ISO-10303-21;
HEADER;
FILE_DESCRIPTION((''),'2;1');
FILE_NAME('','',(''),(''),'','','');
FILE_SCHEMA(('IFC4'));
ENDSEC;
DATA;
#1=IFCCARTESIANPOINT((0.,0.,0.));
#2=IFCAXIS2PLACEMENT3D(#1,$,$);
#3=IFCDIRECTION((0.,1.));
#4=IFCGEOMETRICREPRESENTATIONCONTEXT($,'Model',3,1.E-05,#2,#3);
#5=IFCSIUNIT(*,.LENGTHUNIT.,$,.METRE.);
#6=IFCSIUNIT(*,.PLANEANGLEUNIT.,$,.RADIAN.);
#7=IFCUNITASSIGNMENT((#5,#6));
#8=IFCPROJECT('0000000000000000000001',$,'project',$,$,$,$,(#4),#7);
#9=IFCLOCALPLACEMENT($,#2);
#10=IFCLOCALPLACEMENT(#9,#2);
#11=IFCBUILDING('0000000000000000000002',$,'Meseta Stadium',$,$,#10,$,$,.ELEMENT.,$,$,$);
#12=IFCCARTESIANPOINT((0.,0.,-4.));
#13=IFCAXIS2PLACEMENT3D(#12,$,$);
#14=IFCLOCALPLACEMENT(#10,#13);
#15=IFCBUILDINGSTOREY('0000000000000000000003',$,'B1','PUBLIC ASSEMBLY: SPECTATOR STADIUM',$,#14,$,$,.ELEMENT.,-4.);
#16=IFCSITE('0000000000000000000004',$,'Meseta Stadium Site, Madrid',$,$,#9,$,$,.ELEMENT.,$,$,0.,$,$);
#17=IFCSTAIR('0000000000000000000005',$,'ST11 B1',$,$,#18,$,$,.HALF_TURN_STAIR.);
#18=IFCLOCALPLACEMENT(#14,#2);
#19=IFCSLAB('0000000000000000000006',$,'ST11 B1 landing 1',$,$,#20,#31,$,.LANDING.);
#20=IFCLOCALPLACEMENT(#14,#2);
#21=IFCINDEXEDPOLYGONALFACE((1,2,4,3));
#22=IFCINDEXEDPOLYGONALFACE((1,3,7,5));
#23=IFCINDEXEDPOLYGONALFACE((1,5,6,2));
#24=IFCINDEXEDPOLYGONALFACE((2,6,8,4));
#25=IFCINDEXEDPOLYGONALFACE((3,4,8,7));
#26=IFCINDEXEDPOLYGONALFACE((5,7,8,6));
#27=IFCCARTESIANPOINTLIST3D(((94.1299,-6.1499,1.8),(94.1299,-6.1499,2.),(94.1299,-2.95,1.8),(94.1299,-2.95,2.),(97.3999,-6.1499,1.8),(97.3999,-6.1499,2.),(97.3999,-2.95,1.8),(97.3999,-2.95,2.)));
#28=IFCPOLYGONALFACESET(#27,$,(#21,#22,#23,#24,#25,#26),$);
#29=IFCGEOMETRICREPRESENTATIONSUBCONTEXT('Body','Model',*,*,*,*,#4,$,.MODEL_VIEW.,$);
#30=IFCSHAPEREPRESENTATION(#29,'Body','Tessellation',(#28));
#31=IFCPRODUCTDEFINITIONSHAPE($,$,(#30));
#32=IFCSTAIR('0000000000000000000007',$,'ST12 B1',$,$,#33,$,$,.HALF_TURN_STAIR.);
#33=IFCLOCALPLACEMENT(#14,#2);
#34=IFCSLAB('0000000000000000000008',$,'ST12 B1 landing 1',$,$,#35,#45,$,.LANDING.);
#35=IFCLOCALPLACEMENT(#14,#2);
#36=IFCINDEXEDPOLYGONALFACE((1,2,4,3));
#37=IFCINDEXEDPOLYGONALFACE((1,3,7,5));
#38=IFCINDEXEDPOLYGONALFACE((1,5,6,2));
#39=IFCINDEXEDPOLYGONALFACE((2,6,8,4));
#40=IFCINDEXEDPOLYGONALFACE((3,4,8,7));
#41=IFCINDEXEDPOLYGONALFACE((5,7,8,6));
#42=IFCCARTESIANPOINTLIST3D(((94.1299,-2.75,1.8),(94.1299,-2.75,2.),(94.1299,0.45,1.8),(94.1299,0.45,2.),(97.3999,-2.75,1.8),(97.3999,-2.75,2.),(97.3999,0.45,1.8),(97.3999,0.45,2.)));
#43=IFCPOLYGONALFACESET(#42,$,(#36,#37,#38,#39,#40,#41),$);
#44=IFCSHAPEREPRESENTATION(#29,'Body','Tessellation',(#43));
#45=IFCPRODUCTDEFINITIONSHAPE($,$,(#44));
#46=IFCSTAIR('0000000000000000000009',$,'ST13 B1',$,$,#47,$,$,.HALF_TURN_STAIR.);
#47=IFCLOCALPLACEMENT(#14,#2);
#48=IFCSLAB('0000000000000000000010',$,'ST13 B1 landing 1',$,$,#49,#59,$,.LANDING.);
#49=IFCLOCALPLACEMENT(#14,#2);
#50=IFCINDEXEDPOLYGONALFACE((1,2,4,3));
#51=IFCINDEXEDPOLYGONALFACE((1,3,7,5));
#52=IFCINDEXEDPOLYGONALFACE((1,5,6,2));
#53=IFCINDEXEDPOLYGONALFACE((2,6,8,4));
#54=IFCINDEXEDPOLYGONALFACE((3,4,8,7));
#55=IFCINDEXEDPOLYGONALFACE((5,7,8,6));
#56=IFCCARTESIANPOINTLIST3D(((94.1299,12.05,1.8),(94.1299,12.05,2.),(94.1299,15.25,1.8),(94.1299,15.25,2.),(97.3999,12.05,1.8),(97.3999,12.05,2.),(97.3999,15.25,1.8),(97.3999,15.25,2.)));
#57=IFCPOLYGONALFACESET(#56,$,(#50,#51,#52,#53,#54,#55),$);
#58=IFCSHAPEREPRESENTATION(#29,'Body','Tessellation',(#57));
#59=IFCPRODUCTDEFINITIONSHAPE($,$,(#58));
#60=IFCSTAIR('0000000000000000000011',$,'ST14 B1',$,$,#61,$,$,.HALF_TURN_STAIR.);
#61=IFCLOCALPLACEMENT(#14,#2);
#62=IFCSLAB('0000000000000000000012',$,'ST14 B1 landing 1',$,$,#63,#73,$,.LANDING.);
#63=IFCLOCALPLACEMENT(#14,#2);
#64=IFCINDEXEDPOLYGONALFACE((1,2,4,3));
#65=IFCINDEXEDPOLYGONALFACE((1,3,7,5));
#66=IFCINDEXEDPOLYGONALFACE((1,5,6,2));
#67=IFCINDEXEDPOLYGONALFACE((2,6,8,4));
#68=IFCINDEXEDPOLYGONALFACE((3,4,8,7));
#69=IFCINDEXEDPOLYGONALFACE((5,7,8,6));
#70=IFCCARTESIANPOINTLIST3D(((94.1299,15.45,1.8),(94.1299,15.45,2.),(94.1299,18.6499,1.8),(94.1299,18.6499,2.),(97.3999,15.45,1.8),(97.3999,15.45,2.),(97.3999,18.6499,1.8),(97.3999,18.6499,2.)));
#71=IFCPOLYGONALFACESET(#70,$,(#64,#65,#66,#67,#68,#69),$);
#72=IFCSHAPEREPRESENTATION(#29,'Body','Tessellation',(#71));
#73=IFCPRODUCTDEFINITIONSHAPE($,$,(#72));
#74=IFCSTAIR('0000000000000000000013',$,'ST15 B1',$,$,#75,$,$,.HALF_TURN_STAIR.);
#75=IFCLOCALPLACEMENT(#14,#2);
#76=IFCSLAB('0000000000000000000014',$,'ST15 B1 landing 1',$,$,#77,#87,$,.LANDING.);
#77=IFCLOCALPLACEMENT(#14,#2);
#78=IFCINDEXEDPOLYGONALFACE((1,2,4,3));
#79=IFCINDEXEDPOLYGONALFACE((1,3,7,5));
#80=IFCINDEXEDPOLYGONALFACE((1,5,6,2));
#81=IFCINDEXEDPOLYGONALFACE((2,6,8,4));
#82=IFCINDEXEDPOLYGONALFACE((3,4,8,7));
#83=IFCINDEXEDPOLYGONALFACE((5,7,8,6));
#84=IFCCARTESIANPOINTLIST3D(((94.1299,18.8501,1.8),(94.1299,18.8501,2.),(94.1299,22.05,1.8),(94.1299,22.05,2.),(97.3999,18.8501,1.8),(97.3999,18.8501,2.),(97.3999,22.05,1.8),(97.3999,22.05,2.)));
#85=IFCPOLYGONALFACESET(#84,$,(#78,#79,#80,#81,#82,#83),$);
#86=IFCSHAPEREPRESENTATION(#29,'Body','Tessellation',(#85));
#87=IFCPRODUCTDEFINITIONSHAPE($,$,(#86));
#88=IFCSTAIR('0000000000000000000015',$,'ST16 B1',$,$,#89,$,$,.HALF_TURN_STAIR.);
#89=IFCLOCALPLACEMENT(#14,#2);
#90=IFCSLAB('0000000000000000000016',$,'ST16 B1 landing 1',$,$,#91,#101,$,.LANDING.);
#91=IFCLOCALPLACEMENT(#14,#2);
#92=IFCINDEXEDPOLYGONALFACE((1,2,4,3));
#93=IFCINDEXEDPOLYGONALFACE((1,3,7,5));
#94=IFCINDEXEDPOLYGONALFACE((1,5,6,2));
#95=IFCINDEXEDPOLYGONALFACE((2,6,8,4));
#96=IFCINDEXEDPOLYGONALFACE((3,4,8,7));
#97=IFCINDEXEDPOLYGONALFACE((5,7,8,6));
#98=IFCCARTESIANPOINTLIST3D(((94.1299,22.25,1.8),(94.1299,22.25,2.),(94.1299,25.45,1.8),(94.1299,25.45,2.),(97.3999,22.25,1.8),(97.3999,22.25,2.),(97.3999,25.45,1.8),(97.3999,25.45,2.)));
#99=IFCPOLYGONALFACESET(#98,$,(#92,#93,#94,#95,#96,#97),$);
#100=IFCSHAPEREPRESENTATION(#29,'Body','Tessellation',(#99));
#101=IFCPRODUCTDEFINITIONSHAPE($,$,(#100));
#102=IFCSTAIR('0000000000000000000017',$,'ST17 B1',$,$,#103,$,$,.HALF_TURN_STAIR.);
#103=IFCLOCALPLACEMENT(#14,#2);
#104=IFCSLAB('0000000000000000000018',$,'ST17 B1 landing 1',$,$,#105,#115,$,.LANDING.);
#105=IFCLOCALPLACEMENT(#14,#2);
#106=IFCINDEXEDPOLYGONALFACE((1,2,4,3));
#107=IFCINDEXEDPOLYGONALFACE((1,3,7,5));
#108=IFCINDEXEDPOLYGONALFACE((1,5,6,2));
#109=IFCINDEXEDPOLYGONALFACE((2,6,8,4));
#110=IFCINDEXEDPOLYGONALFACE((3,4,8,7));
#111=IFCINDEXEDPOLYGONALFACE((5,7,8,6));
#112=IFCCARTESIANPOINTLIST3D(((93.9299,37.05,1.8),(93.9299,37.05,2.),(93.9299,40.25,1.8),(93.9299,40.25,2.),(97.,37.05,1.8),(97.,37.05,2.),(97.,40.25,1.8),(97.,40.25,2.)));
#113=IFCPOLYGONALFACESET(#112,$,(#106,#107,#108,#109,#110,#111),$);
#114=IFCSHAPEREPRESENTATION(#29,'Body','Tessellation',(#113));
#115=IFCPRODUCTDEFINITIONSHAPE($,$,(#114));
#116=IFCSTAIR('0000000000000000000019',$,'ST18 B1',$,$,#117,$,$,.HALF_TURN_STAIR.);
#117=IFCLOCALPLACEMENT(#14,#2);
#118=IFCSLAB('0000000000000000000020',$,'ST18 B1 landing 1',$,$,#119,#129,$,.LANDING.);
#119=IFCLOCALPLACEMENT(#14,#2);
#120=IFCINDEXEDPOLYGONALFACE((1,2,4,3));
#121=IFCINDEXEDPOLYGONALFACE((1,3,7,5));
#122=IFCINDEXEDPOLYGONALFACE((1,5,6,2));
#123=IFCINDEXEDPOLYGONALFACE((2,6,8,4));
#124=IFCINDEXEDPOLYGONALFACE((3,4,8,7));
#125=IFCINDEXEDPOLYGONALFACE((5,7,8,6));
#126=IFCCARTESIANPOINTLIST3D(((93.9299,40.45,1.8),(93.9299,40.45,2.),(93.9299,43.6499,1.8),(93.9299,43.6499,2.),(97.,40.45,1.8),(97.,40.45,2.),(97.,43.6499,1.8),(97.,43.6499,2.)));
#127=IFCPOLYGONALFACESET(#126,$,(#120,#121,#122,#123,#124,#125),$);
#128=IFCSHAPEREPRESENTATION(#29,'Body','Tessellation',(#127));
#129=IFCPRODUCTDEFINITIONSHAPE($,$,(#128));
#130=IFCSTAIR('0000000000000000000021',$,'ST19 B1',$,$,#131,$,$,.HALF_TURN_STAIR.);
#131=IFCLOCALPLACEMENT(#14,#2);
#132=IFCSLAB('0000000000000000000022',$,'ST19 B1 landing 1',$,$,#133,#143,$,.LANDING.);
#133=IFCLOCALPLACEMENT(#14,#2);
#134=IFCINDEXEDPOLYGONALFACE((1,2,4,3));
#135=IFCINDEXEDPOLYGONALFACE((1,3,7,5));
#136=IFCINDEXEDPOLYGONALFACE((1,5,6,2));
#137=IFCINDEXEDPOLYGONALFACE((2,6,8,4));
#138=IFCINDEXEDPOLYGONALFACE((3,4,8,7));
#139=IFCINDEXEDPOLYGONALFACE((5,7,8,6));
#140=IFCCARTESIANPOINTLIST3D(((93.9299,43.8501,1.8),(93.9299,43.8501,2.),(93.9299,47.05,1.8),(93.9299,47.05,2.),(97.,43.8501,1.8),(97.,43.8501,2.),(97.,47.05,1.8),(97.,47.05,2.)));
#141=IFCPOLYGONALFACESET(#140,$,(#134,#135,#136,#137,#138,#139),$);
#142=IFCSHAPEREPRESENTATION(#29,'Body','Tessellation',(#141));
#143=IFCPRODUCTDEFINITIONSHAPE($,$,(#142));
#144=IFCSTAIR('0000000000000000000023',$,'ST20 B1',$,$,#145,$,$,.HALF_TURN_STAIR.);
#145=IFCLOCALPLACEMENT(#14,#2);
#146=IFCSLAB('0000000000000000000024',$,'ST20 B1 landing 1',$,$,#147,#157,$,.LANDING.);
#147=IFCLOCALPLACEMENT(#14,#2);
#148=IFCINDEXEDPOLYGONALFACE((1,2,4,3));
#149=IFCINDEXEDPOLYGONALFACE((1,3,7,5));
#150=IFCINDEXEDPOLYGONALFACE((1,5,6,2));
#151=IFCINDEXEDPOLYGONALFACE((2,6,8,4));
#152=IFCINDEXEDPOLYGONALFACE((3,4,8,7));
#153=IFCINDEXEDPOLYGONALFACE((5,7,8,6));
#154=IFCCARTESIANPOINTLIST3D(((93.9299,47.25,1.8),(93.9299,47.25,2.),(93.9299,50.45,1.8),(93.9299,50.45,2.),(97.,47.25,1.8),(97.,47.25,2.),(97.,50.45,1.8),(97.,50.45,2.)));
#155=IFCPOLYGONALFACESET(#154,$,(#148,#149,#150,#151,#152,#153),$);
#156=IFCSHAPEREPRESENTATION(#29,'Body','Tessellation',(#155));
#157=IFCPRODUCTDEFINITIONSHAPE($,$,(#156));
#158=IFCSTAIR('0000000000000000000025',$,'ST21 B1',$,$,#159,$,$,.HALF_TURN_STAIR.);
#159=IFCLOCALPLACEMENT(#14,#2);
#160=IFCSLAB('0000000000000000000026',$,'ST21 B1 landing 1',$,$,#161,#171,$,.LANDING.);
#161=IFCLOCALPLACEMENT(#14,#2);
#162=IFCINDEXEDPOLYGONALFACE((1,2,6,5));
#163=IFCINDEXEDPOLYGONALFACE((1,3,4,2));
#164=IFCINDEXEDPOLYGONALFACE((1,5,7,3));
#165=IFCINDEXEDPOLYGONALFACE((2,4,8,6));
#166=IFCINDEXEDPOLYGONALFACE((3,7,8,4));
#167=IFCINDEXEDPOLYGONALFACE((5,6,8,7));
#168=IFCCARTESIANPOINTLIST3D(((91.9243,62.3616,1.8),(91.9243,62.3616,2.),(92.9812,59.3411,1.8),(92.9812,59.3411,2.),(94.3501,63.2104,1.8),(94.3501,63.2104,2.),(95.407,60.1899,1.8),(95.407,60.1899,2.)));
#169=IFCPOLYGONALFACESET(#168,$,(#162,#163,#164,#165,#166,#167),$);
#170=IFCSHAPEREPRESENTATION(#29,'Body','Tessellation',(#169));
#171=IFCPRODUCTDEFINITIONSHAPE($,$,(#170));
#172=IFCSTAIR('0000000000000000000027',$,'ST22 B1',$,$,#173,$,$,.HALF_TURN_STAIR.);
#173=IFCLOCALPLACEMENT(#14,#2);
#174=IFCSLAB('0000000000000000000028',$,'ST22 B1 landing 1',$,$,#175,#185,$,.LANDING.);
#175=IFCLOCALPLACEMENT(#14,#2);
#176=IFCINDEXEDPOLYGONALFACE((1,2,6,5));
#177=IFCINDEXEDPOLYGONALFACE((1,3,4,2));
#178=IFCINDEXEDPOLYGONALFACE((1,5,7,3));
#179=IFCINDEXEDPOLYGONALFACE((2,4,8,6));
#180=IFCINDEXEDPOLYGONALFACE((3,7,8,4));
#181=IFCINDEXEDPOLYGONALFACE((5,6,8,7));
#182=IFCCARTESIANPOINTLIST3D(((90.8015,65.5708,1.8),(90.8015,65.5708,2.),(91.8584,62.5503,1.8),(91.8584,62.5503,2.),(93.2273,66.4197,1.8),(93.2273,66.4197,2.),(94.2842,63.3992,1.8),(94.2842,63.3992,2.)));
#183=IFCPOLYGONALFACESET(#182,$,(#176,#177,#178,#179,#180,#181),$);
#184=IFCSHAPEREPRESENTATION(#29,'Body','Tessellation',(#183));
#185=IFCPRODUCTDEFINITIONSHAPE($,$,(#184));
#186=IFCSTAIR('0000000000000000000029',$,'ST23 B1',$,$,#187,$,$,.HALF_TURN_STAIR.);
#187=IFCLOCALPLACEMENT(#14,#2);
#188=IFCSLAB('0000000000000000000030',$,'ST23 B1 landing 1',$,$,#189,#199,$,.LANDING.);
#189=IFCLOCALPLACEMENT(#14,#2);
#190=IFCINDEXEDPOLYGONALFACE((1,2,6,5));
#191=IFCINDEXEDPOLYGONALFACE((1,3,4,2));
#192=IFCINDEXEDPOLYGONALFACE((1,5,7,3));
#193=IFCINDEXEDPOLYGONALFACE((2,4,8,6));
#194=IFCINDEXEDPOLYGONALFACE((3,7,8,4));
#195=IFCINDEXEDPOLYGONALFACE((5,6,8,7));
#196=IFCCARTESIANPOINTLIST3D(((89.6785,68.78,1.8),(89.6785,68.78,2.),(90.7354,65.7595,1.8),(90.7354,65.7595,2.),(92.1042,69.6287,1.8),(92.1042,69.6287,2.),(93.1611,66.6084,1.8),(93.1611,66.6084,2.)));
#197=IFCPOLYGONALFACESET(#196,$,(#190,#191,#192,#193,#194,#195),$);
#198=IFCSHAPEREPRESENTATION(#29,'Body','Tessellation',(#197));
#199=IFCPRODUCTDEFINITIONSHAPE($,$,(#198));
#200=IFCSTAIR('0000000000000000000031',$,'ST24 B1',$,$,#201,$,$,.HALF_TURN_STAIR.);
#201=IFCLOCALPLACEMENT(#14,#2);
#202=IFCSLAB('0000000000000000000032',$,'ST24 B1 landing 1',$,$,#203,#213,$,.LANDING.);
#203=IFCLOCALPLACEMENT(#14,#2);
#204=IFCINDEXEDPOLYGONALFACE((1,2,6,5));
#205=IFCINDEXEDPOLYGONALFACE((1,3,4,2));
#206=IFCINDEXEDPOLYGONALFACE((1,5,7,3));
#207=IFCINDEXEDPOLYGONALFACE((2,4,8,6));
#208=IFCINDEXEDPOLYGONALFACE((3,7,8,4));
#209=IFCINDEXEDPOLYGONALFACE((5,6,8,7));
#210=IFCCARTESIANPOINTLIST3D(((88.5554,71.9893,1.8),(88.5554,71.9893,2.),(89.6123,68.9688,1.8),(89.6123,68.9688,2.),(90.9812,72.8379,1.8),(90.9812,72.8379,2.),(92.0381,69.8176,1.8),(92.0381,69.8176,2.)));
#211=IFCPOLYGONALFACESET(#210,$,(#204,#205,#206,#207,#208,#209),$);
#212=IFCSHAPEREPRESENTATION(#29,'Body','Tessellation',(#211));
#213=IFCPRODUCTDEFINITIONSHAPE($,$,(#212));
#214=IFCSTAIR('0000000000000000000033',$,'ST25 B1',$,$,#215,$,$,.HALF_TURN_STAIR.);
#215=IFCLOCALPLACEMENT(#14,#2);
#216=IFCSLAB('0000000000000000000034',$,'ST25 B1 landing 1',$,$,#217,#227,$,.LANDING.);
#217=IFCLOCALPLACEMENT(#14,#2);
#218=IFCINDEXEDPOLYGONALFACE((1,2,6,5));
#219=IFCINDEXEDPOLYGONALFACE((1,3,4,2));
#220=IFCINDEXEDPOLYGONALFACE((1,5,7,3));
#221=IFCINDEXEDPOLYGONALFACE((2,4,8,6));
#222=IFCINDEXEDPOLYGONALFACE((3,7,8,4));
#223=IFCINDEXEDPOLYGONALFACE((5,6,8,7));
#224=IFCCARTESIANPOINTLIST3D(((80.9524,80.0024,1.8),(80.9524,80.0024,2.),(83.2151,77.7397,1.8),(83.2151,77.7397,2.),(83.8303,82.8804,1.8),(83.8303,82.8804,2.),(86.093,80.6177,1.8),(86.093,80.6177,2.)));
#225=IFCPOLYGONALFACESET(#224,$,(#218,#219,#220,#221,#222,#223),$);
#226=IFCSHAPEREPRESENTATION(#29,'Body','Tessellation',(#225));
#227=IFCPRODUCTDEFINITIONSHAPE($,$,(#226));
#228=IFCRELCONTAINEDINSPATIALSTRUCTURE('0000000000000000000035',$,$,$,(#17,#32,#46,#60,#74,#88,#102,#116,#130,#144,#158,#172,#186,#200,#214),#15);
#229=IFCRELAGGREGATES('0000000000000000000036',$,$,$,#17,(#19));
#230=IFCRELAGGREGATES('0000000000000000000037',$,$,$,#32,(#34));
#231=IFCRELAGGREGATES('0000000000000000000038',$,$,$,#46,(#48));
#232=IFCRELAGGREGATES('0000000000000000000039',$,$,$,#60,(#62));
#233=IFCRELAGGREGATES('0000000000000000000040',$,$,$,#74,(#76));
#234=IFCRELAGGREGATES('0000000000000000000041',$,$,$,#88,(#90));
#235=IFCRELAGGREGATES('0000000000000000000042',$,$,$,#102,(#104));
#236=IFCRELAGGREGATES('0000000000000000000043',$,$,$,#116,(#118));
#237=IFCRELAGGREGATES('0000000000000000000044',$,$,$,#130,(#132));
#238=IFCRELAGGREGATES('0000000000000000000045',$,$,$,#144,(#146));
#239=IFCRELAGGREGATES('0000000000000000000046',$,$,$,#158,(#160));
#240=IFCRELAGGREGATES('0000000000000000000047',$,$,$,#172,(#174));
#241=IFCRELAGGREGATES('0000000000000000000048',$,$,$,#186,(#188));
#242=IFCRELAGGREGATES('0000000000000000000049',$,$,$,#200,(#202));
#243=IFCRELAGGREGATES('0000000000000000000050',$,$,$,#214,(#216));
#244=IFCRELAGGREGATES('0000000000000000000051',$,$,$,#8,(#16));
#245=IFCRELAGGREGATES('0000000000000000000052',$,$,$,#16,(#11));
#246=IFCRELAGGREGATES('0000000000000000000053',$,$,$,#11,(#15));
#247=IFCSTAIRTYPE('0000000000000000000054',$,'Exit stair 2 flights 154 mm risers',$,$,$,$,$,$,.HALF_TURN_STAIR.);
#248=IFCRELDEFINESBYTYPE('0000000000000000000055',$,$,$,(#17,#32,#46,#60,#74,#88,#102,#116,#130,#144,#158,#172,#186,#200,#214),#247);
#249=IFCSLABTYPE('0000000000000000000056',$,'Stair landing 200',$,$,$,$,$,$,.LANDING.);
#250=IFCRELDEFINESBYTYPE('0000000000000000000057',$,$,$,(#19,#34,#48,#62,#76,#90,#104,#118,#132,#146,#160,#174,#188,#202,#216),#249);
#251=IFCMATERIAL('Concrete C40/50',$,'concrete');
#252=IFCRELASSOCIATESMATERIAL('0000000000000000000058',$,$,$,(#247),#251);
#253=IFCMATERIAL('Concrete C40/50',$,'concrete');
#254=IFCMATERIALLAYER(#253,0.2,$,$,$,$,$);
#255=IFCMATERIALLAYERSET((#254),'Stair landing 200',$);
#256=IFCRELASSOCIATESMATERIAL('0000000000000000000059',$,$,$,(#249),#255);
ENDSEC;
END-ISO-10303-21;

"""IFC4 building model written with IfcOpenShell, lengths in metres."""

from ifc_helpers import new_model, si_unit, direction, frame, origin, place, context, subcontext, project, spatial, polyline, outline, extrude, material, layer, layer_set, type_object, element, aggregate, save


model = new_model("IFC4")

# Units and contexts
model_context = context("Model", 3, precision=1e-05, world=origin(), true_north=direction((0.0, 1.0)))
body_context = subcontext(model_context, "Body", "Model", "MODEL_VIEW")
ifc_project = project(units=[si_unit("LENGTHUNIT", "METRE"), si_unit("PLANEANGLEUNIT", "RADIAN")], contexts=[model_context])

# Site, building, storey
site_placement = place(None, origin())
site = spatial("IfcSite", under=ifc_project, at=site_placement, Name="Meseta Stadium Site, Madrid", CompositionType="ELEMENT", RefElevation=0.0)
building_placement = place(site_placement, origin())
building = spatial("IfcBuilding", under=site, at=building_placement, Name="Meseta Stadium", CompositionType="ELEMENT")
storey_placement = place(building_placement, frame((0.0, 0.0, -4.0)))
storey = spatial("IfcBuildingStorey", under=building, at=storey_placement, Name="B1", Description="PUBLIC ASSEMBLY: SPECTATOR STADIUM", CompositionType="ELEMENT", Elevation=-4.0)

# Stairs, slabs
ifc_material_1 = material(Name="Concrete C40/50", Category="concrete")
stair_type = type_object("IfcStairType", Name="Exit stair 2 flights 154 mm risers", PredefinedType="HALF_TURN_STAIR", material=ifc_material_1)
ifc_material_2 = material(Name="Concrete C40/50", Category="concrete")
ifc_layer_1 = layer(ifc_material_2, 0.2)
ifc_layer_set_1 = layer_set([ifc_layer_1], Name="Stair landing 200")
slab_type_1 = type_object("IfcSlabType", Name="Stair landing 200", PredefinedType="LANDING", material=ifc_layer_set_1)
stair_1_placement = place(storey_placement, origin())
stair_1 = element("IfcStair", 1, at=stair_1_placement, inside=storey, type_object=stair_type, Name="ST11 B1", PredefinedType="HALF_TURN_STAIR")
slab_1_placement = place(storey_placement, frame((0.0, 0.0, 1.8)))
slab_1 = element("IfcSlab", 2, at=slab_1_placement, type_object=slab_type_1, Name="ST11 B1 landing 1", PredefinedType="LANDING", context=body_context, shape_type="SweptSolid", body=[
    extrude(outline(polyline([(94.1299, -6.1499), (97.3999, -6.1499), (97.3999, -2.95), (94.1299, -2.95), (94.1299, -6.1499)])), origin(), (0.0, 0.0, 1.0), 0.2),
])
aggregate(stair_1, [slab_1])
stair_2_placement = place(storey_placement, origin())
stair_2 = element("IfcStair", 3, at=stair_2_placement, inside=storey, type_object=stair_type, Name="ST12 B1", PredefinedType="HALF_TURN_STAIR")
slab_2_placement = place(storey_placement, frame((0.0, 0.0, 1.8)))
slab_2 = element("IfcSlab", 4, at=slab_2_placement, type_object=slab_type_1, Name="ST12 B1 landing 1", PredefinedType="LANDING", context=body_context, shape_type="SweptSolid", body=[
    extrude(outline(polyline([(94.1299, -2.75), (97.3999, -2.75), (97.3999, 0.45), (94.1299, 0.45), (94.1299, -2.75)])), origin(), (0.0, 0.0, 1.0), 0.2),
])
aggregate(stair_2, [slab_2])
stair_3_placement = place(storey_placement, origin())
stair_3 = element("IfcStair", 5, at=stair_3_placement, inside=storey, type_object=stair_type, Name="ST13 B1", PredefinedType="HALF_TURN_STAIR")
slab_3_placement = place(storey_placement, frame((0.0, 0.0, 1.8)))
slab_3 = element("IfcSlab", 6, at=slab_3_placement, type_object=slab_type_1, Name="ST13 B1 landing 1", PredefinedType="LANDING", context=body_context, shape_type="SweptSolid", body=[
    extrude(outline(polyline([(94.1299, 12.05), (97.3999, 12.05), (97.3999, 15.25), (94.1299, 15.25), (94.1299, 12.05)])), origin(), (0.0, 0.0, 1.0), 0.2),
])
aggregate(stair_3, [slab_3])
stair_4_placement = place(storey_placement, origin())
stair_4 = element("IfcStair", 7, at=stair_4_placement, inside=storey, type_object=stair_type, Name="ST14 B1", PredefinedType="HALF_TURN_STAIR")
slab_4_placement = place(storey_placement, frame((0.0, 0.0, 1.8)))
slab_4 = element("IfcSlab", 8, at=slab_4_placement, type_object=slab_type_1, Name="ST14 B1 landing 1", PredefinedType="LANDING", context=body_context, shape_type="SweptSolid", body=[
    extrude(outline(polyline([(94.1299, 15.45), (97.3999, 15.45), (97.3999, 18.6499), (94.1299, 18.6499), (94.1299, 15.45)])), origin(), (0.0, 0.0, 1.0), 0.2),
])
aggregate(stair_4, [slab_4])
stair_5_placement = place(storey_placement, origin())
stair_5 = element("IfcStair", 9, at=stair_5_placement, inside=storey, type_object=stair_type, Name="ST15 B1", PredefinedType="HALF_TURN_STAIR")
slab_5_placement = place(storey_placement, frame((0.0, 0.0, 1.8)))
slab_5 = element("IfcSlab", 10, at=slab_5_placement, type_object=slab_type_1, Name="ST15 B1 landing 1", PredefinedType="LANDING", context=body_context, shape_type="SweptSolid", body=[
    extrude(outline(polyline([(94.1299, 18.8501), (97.3999, 18.8501), (97.3999, 22.05), (94.1299, 22.05), (94.1299, 18.8501)])), origin(), (0.0, 0.0, 1.0), 0.2),
])
aggregate(stair_5, [slab_5])
stair_6_placement = place(storey_placement, origin())
stair_6 = element("IfcStair", 11, at=stair_6_placement, inside=storey, type_object=stair_type, Name="ST16 B1", PredefinedType="HALF_TURN_STAIR")
slab_6_placement = place(storey_placement, frame((0.0, 0.0, 1.8)))
slab_6 = element("IfcSlab", 12, at=slab_6_placement, type_object=slab_type_1, Name="ST16 B1 landing 1", PredefinedType="LANDING", context=body_context, shape_type="SweptSolid", body=[
    extrude(outline(polyline([(94.1299, 22.25), (97.3999, 22.25), (97.3999, 25.45), (94.1299, 25.45), (94.1299, 22.25)])), origin(), (0.0, 0.0, 1.0), 0.2),
])
aggregate(stair_6, [slab_6])
stair_7_placement = place(storey_placement, origin())
stair_7 = element("IfcStair", 13, at=stair_7_placement, inside=storey, type_object=stair_type, Name="ST17 B1", PredefinedType="HALF_TURN_STAIR")
slab_7_placement = place(storey_placement, frame((0.0, 0.0, 1.8)))
slab_7 = element("IfcSlab", 14, at=slab_7_placement, type_object=slab_type_1, Name="ST17 B1 landing 1", PredefinedType="LANDING", context=body_context, shape_type="SweptSolid", body=[
    extrude(outline(polyline([(93.9299, 37.05), (97.0, 37.05), (97.0, 40.25), (93.9299, 40.25), (93.9299, 37.05)])), origin(), (0.0, 0.0, 1.0), 0.2),
])
aggregate(stair_7, [slab_7])
stair_8_placement = place(storey_placement, origin())
stair_8 = element("IfcStair", 15, at=stair_8_placement, inside=storey, type_object=stair_type, Name="ST18 B1", PredefinedType="HALF_TURN_STAIR")
slab_8_placement = place(storey_placement, frame((0.0, 0.0, 1.8)))
slab_8 = element("IfcSlab", 16, at=slab_8_placement, type_object=slab_type_1, Name="ST18 B1 landing 1", PredefinedType="LANDING", context=body_context, shape_type="SweptSolid", body=[
    extrude(outline(polyline([(93.9299, 40.45), (97.0, 40.45), (97.0, 43.6499), (93.9299, 43.6499), (93.9299, 40.45)])), origin(), (0.0, 0.0, 1.0), 0.2),
])
aggregate(stair_8, [slab_8])
stair_9_placement = place(storey_placement, origin())
stair_9 = element("IfcStair", 17, at=stair_9_placement, inside=storey, type_object=stair_type, Name="ST19 B1", PredefinedType="HALF_TURN_STAIR")
slab_9_placement = place(storey_placement, frame((0.0, 0.0, 1.8)))
slab_9 = element("IfcSlab", 18, at=slab_9_placement, type_object=slab_type_1, Name="ST19 B1 landing 1", PredefinedType="LANDING", context=body_context, shape_type="SweptSolid", body=[
    extrude(outline(polyline([(93.9299, 43.8501), (97.0, 43.8501), (97.0, 47.05), (93.9299, 47.05), (93.9299, 43.8501)])), origin(), (0.0, 0.0, 1.0), 0.2),
])
aggregate(stair_9, [slab_9])
stair_10_placement = place(storey_placement, origin())
stair_10 = element("IfcStair", 19, at=stair_10_placement, inside=storey, type_object=stair_type, Name="ST20 B1", PredefinedType="HALF_TURN_STAIR")
slab_10_placement = place(storey_placement, frame((0.0, 0.0, 1.8)))
slab_10 = element("IfcSlab", 20, at=slab_10_placement, type_object=slab_type_1, Name="ST20 B1 landing 1", PredefinedType="LANDING", context=body_context, shape_type="SweptSolid", body=[
    extrude(outline(polyline([(93.9299, 47.25), (97.0, 47.25), (97.0, 50.45), (93.9299, 50.45), (93.9299, 47.25)])), origin(), (0.0, 0.0, 1.0), 0.2),
])
aggregate(stair_10, [slab_10])
stair_11_placement = place(storey_placement, origin())
stair_11 = element("IfcStair", 21, at=stair_11_placement, inside=storey, type_object=stair_type, Name="ST21 B1", PredefinedType="HALF_TURN_STAIR")
slab_11_placement = place(storey_placement, frame((0.0, 0.0, 1.8)))
slab_11 = element("IfcSlab", 22, at=slab_11_placement, type_object=slab_type_1, Name="ST21 B1 landing 1", PredefinedType="LANDING", context=body_context, shape_type="SweptSolid", body=[
    extrude(outline(polyline([(92.9812, 59.3411), (95.407, 60.1899), (94.3501, 63.2104), (91.9243, 62.3616), (92.9812, 59.3411)])), origin(), (0.0, 0.0, 1.0), 0.2),
])
aggregate(stair_11, [slab_11])
stair_12_placement = place(storey_placement, origin())
stair_12 = element("IfcStair", 23, at=stair_12_placement, inside=storey, type_object=stair_type, Name="ST22 B1", PredefinedType="HALF_TURN_STAIR")
slab_12_placement = place(storey_placement, frame((0.0, 0.0, 1.8)))
slab_12 = element("IfcSlab", 24, at=slab_12_placement, type_object=slab_type_1, Name="ST22 B1 landing 1", PredefinedType="LANDING", context=body_context, shape_type="SweptSolid", body=[
    extrude(outline(polyline([(91.8584, 62.5503), (94.2842, 63.3992), (93.2273, 66.4197), (90.8015, 65.5708), (91.8584, 62.5503)])), origin(), (0.0, 0.0, 1.0), 0.2),
])
aggregate(stair_12, [slab_12])
stair_13_placement = place(storey_placement, origin())
stair_13 = element("IfcStair", 25, at=stair_13_placement, inside=storey, type_object=stair_type, Name="ST23 B1", PredefinedType="HALF_TURN_STAIR")
slab_13_placement = place(storey_placement, frame((0.0, 0.0, 1.8)))
slab_13 = element("IfcSlab", 26, at=slab_13_placement, type_object=slab_type_1, Name="ST23 B1 landing 1", PredefinedType="LANDING", context=body_context, shape_type="SweptSolid", body=[
    extrude(outline(polyline([(90.7354, 65.7595), (93.1611, 66.6084), (92.1042, 69.6287), (89.6785, 68.78), (90.7354, 65.7595)])), origin(), (0.0, 0.0, 1.0), 0.2),
])
aggregate(stair_13, [slab_13])
stair_14_placement = place(storey_placement, origin())
stair_14 = element("IfcStair", 27, at=stair_14_placement, inside=storey, type_object=stair_type, Name="ST24 B1", PredefinedType="HALF_TURN_STAIR")
slab_14_placement = place(storey_placement, frame((0.0, 0.0, 1.8)))
slab_14 = element("IfcSlab", 28, at=slab_14_placement, type_object=slab_type_1, Name="ST24 B1 landing 1", PredefinedType="LANDING", context=body_context, shape_type="SweptSolid", body=[
    extrude(outline(polyline([(89.6123, 68.9688), (92.0381, 69.8176), (90.9812, 72.8379), (88.5554, 71.9893), (89.6123, 68.9688)])), origin(), (0.0, 0.0, 1.0), 0.2),
])
aggregate(stair_14, [slab_14])
stair_15_placement = place(storey_placement, origin())
stair_15 = element("IfcStair", 29, at=stair_15_placement, inside=storey, type_object=stair_type, Name="ST25 B1", PredefinedType="HALF_TURN_STAIR")
slab_15_placement = place(storey_placement, frame((0.0, 0.0, 1.8)))
slab_15 = element("IfcSlab", 30, at=slab_15_placement, type_object=slab_type_1, Name="ST25 B1 landing 1", PredefinedType="LANDING", context=body_context, shape_type="SweptSolid", body=[
    extrude(outline(polyline([(83.2151, 77.7397), (86.093, 80.6177), (83.8303, 82.8804), (80.9524, 80.0024), (83.2151, 77.7397)])), origin(), (0.0, 0.0, 1.0), 0.2),
])
aggregate(stair_15, [slab_15])

save(model, "model.ifc")
